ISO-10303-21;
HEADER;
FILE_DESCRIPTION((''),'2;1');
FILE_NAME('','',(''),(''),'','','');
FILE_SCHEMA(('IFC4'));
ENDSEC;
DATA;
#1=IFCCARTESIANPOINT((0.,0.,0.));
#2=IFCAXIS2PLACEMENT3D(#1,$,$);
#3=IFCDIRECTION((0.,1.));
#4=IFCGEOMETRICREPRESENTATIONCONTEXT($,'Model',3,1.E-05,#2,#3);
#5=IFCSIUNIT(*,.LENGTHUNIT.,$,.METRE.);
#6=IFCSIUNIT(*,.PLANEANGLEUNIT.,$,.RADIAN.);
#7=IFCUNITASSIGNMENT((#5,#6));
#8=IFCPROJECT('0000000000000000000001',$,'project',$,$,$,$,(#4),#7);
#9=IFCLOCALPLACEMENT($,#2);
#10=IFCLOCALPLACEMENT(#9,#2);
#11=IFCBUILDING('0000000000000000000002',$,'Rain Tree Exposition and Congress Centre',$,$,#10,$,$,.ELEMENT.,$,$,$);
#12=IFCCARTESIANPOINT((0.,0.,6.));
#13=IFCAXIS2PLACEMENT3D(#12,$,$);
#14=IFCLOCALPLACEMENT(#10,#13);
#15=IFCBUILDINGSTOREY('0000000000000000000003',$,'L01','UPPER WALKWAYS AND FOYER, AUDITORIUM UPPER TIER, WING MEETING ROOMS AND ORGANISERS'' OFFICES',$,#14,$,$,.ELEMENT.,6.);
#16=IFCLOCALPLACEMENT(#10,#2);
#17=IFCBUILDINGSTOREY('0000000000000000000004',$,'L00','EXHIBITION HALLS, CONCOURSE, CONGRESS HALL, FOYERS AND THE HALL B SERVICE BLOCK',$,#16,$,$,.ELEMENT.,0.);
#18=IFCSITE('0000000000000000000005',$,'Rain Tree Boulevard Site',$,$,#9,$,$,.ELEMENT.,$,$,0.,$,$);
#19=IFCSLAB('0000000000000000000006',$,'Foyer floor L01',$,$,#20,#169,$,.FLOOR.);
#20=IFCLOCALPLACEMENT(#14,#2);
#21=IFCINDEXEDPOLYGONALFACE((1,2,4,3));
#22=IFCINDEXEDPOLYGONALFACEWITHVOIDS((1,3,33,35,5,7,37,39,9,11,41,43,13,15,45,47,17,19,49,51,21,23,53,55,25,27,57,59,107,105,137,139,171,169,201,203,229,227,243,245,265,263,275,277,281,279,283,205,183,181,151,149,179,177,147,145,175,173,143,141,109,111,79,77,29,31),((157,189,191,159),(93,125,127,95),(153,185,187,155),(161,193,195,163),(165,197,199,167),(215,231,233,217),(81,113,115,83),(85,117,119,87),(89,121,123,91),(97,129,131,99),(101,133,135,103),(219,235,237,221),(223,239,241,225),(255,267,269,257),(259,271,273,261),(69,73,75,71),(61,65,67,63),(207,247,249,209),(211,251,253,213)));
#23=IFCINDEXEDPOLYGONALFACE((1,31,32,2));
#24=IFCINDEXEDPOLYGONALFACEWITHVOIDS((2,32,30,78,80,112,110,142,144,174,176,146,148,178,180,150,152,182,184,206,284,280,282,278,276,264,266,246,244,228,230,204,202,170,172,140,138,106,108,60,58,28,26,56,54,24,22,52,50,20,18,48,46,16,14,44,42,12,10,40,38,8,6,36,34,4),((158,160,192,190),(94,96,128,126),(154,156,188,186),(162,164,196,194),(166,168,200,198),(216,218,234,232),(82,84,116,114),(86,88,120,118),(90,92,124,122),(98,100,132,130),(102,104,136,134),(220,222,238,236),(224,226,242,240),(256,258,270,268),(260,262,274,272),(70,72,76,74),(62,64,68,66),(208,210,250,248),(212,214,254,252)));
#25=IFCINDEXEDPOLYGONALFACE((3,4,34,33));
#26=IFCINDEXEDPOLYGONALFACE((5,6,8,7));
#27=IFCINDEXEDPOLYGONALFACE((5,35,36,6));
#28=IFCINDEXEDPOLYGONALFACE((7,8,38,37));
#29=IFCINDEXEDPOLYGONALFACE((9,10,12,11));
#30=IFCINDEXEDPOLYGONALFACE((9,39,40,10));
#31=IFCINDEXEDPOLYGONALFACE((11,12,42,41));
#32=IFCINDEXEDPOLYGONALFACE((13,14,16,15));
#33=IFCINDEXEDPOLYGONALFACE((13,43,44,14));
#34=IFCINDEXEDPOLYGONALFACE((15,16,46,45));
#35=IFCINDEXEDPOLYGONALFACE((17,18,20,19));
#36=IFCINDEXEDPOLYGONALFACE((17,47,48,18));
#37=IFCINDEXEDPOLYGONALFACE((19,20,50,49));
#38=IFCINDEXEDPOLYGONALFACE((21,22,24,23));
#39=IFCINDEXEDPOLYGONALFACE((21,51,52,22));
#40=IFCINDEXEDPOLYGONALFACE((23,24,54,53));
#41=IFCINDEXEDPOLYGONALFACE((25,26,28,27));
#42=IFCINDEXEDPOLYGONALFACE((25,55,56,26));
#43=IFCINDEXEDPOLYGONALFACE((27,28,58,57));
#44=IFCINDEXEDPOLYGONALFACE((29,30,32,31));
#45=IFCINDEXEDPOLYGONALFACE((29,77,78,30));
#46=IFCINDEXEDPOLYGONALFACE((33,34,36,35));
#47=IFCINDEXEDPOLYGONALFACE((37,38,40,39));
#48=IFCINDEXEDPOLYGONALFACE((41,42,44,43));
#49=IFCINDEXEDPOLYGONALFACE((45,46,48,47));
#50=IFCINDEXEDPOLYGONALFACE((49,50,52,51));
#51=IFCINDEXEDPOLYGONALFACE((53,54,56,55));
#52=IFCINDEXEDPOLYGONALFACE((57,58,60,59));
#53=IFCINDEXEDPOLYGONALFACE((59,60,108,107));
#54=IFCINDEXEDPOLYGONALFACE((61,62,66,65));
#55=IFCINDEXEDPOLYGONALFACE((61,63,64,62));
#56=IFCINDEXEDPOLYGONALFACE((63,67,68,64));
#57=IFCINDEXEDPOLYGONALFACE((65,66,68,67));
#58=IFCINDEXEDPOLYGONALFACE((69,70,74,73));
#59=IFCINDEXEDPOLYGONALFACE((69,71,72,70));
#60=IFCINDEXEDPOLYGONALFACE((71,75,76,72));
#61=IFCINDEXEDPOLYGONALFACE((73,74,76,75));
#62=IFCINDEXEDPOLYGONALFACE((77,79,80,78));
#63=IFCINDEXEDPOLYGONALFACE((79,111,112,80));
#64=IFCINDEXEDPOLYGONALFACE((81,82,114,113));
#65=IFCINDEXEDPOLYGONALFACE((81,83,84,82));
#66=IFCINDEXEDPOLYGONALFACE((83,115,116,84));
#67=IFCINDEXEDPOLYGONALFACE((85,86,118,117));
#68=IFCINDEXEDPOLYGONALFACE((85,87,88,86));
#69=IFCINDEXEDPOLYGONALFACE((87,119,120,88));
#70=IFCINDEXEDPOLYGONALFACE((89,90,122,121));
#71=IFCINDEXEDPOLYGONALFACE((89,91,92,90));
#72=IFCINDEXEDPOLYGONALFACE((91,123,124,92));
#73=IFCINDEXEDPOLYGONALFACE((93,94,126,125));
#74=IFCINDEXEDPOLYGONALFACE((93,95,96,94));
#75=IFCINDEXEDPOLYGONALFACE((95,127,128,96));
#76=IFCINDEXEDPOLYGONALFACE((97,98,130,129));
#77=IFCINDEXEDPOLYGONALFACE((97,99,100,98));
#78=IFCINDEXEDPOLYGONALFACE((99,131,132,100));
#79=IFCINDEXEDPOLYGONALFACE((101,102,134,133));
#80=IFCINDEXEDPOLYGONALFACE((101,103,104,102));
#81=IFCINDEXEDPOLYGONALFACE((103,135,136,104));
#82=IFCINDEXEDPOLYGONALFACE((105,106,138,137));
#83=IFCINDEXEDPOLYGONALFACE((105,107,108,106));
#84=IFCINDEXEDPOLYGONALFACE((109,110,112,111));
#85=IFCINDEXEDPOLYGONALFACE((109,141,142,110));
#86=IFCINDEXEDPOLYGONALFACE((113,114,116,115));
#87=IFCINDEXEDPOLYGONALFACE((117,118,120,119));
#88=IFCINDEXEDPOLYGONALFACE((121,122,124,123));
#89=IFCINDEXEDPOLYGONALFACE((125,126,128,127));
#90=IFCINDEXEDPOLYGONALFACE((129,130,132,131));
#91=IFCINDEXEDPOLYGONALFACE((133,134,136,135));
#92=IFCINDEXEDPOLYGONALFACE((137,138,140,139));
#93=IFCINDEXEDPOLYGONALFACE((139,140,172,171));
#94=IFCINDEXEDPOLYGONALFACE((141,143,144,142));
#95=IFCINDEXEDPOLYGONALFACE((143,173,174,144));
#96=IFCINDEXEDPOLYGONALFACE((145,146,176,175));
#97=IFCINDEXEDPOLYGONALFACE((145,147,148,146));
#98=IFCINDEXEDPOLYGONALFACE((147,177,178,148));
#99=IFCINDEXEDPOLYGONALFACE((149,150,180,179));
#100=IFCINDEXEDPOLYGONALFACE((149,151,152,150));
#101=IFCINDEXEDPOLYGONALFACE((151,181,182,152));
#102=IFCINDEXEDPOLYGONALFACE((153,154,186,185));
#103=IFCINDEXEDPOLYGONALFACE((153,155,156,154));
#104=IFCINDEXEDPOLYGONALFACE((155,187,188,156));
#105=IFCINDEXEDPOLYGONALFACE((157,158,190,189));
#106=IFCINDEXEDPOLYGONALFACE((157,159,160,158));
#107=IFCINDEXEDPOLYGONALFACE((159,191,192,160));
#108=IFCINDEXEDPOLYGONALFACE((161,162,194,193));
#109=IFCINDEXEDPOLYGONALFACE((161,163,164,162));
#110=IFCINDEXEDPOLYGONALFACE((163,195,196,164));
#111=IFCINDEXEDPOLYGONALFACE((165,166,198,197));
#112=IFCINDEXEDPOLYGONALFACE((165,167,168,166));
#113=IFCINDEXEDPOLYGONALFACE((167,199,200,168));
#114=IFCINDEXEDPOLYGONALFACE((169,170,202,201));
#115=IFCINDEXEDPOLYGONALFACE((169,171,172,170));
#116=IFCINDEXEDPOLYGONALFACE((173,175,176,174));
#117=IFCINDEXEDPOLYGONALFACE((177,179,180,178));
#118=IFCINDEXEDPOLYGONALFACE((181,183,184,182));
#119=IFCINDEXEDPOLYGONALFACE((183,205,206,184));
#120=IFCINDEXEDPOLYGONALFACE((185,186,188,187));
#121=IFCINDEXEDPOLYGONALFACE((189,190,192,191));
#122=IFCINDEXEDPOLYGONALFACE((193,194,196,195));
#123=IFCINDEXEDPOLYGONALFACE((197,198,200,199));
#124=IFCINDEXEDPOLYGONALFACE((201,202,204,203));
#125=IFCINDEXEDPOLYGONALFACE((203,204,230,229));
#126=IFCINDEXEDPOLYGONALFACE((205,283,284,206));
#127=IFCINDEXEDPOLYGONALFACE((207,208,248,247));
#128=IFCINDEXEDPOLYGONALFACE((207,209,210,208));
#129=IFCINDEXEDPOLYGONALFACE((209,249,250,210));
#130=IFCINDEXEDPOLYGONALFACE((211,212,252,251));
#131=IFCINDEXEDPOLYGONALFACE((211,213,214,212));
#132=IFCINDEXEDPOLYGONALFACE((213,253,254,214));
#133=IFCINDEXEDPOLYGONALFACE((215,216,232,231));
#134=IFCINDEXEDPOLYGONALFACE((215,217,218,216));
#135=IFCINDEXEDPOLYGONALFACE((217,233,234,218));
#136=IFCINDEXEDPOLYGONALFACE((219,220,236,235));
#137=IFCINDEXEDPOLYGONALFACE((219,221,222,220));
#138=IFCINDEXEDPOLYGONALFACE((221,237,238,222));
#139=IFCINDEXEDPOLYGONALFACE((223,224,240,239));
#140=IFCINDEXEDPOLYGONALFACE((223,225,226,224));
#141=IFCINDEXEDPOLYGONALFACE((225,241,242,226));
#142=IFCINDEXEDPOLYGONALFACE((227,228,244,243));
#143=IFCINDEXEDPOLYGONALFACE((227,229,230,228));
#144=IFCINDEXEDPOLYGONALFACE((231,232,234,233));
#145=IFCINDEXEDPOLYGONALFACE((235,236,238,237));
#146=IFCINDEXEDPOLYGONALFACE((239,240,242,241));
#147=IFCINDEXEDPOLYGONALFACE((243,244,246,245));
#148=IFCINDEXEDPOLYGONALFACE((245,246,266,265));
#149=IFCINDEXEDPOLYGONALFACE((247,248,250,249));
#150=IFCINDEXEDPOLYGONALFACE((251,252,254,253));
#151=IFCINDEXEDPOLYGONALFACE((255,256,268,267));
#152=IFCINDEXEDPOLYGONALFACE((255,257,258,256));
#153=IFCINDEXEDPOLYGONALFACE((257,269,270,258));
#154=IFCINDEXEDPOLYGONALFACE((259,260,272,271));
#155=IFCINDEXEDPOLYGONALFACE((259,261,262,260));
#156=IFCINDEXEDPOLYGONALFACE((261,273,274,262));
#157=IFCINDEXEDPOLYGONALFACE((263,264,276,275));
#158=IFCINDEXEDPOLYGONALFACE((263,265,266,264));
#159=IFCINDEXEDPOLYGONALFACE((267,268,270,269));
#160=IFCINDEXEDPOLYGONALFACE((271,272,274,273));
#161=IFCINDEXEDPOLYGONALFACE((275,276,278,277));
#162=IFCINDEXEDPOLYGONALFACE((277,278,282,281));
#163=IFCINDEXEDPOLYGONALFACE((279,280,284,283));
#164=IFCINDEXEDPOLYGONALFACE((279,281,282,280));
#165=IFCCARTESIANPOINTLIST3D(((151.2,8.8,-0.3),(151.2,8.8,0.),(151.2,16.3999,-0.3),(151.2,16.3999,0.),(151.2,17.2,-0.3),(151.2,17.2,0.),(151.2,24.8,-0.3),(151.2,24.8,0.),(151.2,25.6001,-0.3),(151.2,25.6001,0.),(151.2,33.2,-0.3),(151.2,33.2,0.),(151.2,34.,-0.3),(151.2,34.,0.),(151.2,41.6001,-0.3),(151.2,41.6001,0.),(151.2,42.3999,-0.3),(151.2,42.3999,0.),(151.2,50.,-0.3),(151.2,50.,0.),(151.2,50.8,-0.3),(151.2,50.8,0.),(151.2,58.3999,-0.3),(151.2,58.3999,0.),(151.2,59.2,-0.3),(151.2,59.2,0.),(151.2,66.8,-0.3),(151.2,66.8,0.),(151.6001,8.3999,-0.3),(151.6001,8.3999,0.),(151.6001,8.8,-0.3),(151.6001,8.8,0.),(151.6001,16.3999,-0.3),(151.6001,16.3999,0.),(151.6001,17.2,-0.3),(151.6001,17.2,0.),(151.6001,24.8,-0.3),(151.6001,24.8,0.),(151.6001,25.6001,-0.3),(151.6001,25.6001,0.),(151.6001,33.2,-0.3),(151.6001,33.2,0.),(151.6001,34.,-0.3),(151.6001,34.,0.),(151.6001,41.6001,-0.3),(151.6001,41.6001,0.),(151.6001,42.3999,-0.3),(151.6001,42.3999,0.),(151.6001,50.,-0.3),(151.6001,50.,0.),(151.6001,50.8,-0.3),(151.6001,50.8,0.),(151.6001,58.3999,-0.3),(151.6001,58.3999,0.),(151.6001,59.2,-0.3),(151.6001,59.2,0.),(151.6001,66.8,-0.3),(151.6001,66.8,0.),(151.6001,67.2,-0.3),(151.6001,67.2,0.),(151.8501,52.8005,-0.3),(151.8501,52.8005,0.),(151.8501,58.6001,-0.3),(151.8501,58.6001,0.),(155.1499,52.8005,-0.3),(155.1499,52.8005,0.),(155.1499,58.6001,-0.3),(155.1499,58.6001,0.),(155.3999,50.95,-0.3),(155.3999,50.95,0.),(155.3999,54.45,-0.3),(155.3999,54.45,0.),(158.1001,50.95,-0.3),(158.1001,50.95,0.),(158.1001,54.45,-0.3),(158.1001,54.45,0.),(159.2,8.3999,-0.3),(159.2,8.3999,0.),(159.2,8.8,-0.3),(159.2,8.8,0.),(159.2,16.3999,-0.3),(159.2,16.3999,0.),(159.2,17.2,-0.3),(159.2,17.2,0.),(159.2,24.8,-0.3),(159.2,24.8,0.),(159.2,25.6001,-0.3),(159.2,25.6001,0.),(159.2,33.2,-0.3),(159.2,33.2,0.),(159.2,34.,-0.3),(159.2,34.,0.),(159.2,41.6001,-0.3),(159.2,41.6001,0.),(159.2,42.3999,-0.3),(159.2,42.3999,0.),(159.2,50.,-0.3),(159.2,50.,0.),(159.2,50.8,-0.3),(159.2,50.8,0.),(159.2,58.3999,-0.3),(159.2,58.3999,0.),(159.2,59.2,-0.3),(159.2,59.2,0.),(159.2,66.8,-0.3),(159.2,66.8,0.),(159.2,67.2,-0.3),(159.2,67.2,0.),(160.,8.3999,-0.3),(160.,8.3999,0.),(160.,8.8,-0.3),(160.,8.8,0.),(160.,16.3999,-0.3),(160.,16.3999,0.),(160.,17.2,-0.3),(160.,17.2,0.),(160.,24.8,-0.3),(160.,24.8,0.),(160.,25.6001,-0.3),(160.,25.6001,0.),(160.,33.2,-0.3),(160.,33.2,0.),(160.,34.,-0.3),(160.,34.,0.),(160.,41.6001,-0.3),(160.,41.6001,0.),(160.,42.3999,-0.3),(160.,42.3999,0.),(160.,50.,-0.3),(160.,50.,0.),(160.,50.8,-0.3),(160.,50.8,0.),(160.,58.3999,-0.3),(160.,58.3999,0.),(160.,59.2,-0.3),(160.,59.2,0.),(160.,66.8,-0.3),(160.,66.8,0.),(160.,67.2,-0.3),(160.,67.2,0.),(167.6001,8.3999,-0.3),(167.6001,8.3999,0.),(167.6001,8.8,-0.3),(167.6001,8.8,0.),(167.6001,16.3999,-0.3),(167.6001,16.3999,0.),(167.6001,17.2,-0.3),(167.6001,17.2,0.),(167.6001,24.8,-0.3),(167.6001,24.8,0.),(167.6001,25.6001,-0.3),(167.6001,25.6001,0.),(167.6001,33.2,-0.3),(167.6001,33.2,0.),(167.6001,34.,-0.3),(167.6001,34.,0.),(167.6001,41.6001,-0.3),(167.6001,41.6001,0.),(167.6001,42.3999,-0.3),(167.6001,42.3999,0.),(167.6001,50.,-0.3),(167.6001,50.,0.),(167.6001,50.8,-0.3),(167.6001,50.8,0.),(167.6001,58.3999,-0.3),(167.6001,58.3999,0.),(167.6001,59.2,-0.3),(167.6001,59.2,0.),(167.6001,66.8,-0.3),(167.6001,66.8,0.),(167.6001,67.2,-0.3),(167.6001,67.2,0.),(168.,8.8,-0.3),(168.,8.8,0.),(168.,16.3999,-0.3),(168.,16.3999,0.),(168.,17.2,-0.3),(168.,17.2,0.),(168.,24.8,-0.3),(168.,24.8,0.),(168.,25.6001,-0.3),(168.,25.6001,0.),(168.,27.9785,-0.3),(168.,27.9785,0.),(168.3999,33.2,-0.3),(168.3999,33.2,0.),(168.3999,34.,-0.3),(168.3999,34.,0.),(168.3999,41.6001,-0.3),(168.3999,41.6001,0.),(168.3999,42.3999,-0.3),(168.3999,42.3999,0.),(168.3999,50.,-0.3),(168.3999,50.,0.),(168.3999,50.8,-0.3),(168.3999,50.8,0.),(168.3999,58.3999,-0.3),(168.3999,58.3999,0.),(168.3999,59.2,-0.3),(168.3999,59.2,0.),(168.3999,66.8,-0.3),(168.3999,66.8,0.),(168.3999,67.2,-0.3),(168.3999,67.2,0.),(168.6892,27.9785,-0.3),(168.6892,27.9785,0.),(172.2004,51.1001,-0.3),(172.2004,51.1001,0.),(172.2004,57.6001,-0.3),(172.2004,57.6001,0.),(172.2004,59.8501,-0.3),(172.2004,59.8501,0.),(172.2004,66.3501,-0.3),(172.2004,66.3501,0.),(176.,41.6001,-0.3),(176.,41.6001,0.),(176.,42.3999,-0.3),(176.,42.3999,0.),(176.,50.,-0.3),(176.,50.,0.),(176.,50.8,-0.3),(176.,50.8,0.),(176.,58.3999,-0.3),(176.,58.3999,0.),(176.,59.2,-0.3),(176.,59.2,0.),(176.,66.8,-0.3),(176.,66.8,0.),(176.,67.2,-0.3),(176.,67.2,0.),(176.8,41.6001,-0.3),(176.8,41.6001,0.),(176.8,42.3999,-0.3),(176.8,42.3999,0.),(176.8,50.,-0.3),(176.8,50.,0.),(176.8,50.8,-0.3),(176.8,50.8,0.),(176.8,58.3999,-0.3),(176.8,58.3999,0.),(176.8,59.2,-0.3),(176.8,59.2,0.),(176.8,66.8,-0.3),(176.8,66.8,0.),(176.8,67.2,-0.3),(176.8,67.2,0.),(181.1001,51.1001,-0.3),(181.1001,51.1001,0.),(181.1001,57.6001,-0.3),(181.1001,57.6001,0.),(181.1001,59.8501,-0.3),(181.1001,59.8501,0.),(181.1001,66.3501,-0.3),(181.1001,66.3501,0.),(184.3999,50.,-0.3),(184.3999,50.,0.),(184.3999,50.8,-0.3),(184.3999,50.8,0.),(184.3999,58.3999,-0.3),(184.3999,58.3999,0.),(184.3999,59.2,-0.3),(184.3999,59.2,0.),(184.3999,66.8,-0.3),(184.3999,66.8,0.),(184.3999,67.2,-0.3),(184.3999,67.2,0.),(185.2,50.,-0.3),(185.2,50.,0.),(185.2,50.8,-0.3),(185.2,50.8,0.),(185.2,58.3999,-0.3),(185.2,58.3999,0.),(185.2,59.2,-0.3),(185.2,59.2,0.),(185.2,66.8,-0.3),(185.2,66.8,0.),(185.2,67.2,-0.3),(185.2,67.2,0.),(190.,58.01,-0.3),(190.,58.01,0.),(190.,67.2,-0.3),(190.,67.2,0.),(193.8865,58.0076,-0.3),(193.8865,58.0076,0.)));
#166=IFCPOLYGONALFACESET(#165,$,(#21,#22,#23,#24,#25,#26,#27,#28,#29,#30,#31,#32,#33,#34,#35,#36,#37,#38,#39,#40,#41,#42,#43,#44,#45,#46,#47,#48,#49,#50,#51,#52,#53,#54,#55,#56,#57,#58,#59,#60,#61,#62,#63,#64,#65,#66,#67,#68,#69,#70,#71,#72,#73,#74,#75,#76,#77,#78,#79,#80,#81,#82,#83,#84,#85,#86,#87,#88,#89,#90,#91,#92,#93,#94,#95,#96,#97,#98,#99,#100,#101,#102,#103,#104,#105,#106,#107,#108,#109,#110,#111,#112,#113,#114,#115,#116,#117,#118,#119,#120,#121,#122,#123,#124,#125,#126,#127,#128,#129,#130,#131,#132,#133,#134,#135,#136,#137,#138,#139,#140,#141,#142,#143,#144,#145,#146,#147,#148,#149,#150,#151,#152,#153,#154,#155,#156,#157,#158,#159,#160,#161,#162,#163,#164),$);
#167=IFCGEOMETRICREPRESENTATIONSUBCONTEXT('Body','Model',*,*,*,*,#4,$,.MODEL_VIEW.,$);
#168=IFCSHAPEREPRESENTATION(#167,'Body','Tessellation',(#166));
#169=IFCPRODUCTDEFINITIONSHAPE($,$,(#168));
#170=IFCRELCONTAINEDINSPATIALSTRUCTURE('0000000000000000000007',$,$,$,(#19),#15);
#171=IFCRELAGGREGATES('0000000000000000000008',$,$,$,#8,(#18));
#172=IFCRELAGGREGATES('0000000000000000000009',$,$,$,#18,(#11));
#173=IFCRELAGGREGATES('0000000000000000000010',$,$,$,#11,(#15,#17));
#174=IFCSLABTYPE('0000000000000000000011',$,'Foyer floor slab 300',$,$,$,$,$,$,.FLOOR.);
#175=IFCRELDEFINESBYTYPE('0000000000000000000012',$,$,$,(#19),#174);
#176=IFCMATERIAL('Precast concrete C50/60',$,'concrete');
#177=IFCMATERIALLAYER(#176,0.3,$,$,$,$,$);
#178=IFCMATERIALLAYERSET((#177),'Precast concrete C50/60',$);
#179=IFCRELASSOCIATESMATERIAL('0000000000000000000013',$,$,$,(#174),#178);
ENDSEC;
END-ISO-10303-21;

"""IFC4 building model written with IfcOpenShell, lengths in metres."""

from ifc_helpers import new_model, si_unit, direction, frame, origin, place, context, subcontext, project, spatial, polyline, outline, extrude, material, layer, layer_set, type_object, element, save


model = new_model("IFC4")

# Units and contexts
model_context = context("Model", 3, precision=1e-05, world=origin(), true_north=direction((0.0, 1.0)))
body_context = subcontext(model_context, "Body", "Model", "MODEL_VIEW")
ifc_project = project(units=[si_unit("LENGTHUNIT", "METRE"), si_unit("PLANEANGLEUNIT", "RADIAN")], contexts=[model_context])

# Site, building, storey
site_placement = place(None, origin())
site = spatial("IfcSite", under=ifc_project, at=site_placement, Name="Rain Tree Boulevard Site", CompositionType="ELEMENT", RefElevation=0.0)
building_placement = place(site_placement, origin())
building = spatial("IfcBuilding", under=site, at=building_placement, Name="Rain Tree Exposition and Congress Centre", CompositionType="ELEMENT")
storey_1_placement = place(building_placement, frame((0.0, 0.0, 6.0)))
storey_1 = spatial("IfcBuildingStorey", under=building, at=storey_1_placement, Name="L01", Description="UPPER WALKWAYS AND FOYER, AUDITORIUM UPPER TIER, WING MEETING ROOMS AND ORGANISERS' OFFICES", CompositionType="ELEMENT", Elevation=6.0)

# Slab
ifc_material_1 = material(Name="Precast concrete C50/60", Category="concrete")
ifc_layer_1 = layer(ifc_material_1, 0.3)
ifc_layer_set_1 = layer_set([ifc_layer_1], Name="Precast concrete C50/60")
slab_type_1 = type_object("IfcSlabType", Name="Foyer floor slab 300", PredefinedType="FLOOR", material=ifc_layer_set_1)
slab_1_placement = place(storey_1_placement, frame((0.0, 0.0, -0.3)))
element("IfcSlab", 1, at=slab_1_placement, inside=storey_1, type_object=slab_type_1, Name="Foyer floor L01", PredefinedType="FLOOR", context=body_context, shape_type="SweptSolid", body=[
    extrude(outline(polyline([(160.0, 8.3999), (167.6001, 8.3999), (167.6001, 8.8), (168.0, 8.8), (168.0, 16.3999), (167.6001, 16.3999), (167.6001, 17.2), (168.0, 17.2), (168.0, 24.8), (167.6001, 24.8), (167.6001, 25.6001), (168.0, 25.6001), (168.0, 27.9785), (168.6892, 27.9785), (193.8865, 58.0076), (190.0, 58.01), (190.0, 67.2), (185.2, 67.2), (185.2, 66.8), (184.3999, 66.8), (184.3999, 67.2), (176.8, 67.2), (176.8, 66.8), (176.0, 66.8), (176.0, 67.2), (168.3999, 67.2), (168.3999, 66.8), (167.6001, 66.8), (167.6001, 67.2), (160.0, 67.2), (160.0, 66.8), (159.2, 66.8), (159.2, 67.2), (151.6001, 67.2), (151.6001, 66.8), (151.2, 66.8), (151.2, 59.2), (151.6001, 59.2), (151.6001, 58.3999), (151.2, 58.3999), (151.2, 50.8), (151.6001, 50.8), (151.6001, 50.0), (151.2, 50.0), (151.2, 42.3999), (151.6001, 42.3999), (151.6001, 41.6001), (151.2, 41.6001), (151.2, 34.0), (151.6001, 34.0), (151.6001, 33.2), (151.2, 33.2), (151.2, 25.6001), (151.6001, 25.6001), (151.6001, 24.8), (151.2, 24.8), (151.2, 17.2), (151.6001, 17.2), (151.6001, 16.3999), (151.2, 16.3999), (151.2, 8.8), (151.6001, 8.8), (151.6001, 8.3999), (159.2, 8.3999), (159.2, 8.8), (160.0, 8.8), (160.0, 8.3999)]), holes=[polyline([(159.2, 16.3999), (160.0, 16.3999), (160.0, 17.2), (159.2, 17.2), (159.2, 16.3999)]), polyline([(159.2, 24.8), (160.0, 24.8), (160.0, 25.6001), (159.2, 25.6001), (159.2, 24.8)]), polyline([(159.2, 33.2), (160.0, 33.2), (160.0, 34.0), (159.2, 34.0), (159.2, 33.2)]), polyline([(159.2, 41.6001), (160.0, 41.6001), (160.0, 42.3999), (159.2, 42.3999), (159.2, 41.6001)]), polyline([(159.2, 50.0), (160.0, 50.0), (160.0, 50.8), (159.2, 50.8), (159.2, 50.0)]), polyline([(155.3999, 54.45), (155.3999, 50.95), (158.1001, 50.95), (158.1001, 54.45), (155.3999, 54.45)]), polyline([(151.8501, 58.6001), (151.8501, 52.8005), (155.1499, 52.8005), (155.1499, 58.6001), (151.8501, 58.6001)]), polyline([(159.2, 59.2), (159.2, 58.3999), (160.0, 58.3999), (160.0, 59.2), (159.2, 59.2)]), polyline([(167.6001, 33.2), (168.3999, 33.2), (168.3999, 34.0), (167.6001, 34.0), (167.6001, 33.2)]), polyline([(167.6001, 41.6001), (168.3999, 41.6001), (168.3999, 42.3999), (167.6001, 42.3999), (167.6001, 41.6001)]), polyline([(176.0, 41.6001), (176.8, 41.6001), (176.8, 42.3999), (176.0, 42.3999), (176.0, 41.6001)]), polyline([(167.6001, 50.8), (167.6001, 50.0), (168.3999, 50.0), (168.3999, 50.8), (167.6001, 50.8)]), polyline([(176.0, 50.8), (176.0, 50.0), (176.8, 50.0), (176.8, 50.8), (176.0, 50.8)]), polyline([(184.3999, 50.0), (185.2, 50.0), (185.2, 50.8), (184.3999, 50.8), (184.3999, 50.0)]), polyline([(181.1001, 57.6001), (172.2004, 57.6001), (172.2004, 51.1001), (181.1001, 51.1001), (181.1001, 57.6001)]), polyline([(167.6001, 58.3999), (168.3999, 58.3999), (168.3999, 59.2), (167.6001, 59.2), (167.6001, 58.3999)]), polyline([(184.3999, 58.3999), (185.2, 58.3999), (185.2, 59.2), (184.3999, 59.2), (184.3999, 58.3999)]), polyline([(176.0, 58.3999), (176.8, 58.3999), (176.8, 59.2), (176.0, 59.2), (176.0, 58.3999)]), polyline([(181.1001, 66.3501), (172.2004, 66.3501), (172.2004, 59.8501), (181.1001, 59.8501), (181.1001, 66.3501)])]), origin(), (0.0, 0.0, 1.0), 0.3),
])

# Shared definitions
storey_2_placement = place(building_placement, origin())
storey_2 = spatial("IfcBuildingStorey", under=building, at=storey_2_placement, Name="L00", Description="EXHIBITION HALLS, CONCOURSE, CONGRESS HALL, FOYERS AND THE HALL B SERVICE BLOCK", CompositionType="ELEMENT", Elevation=0.0)

save(model, "model.ifc")
